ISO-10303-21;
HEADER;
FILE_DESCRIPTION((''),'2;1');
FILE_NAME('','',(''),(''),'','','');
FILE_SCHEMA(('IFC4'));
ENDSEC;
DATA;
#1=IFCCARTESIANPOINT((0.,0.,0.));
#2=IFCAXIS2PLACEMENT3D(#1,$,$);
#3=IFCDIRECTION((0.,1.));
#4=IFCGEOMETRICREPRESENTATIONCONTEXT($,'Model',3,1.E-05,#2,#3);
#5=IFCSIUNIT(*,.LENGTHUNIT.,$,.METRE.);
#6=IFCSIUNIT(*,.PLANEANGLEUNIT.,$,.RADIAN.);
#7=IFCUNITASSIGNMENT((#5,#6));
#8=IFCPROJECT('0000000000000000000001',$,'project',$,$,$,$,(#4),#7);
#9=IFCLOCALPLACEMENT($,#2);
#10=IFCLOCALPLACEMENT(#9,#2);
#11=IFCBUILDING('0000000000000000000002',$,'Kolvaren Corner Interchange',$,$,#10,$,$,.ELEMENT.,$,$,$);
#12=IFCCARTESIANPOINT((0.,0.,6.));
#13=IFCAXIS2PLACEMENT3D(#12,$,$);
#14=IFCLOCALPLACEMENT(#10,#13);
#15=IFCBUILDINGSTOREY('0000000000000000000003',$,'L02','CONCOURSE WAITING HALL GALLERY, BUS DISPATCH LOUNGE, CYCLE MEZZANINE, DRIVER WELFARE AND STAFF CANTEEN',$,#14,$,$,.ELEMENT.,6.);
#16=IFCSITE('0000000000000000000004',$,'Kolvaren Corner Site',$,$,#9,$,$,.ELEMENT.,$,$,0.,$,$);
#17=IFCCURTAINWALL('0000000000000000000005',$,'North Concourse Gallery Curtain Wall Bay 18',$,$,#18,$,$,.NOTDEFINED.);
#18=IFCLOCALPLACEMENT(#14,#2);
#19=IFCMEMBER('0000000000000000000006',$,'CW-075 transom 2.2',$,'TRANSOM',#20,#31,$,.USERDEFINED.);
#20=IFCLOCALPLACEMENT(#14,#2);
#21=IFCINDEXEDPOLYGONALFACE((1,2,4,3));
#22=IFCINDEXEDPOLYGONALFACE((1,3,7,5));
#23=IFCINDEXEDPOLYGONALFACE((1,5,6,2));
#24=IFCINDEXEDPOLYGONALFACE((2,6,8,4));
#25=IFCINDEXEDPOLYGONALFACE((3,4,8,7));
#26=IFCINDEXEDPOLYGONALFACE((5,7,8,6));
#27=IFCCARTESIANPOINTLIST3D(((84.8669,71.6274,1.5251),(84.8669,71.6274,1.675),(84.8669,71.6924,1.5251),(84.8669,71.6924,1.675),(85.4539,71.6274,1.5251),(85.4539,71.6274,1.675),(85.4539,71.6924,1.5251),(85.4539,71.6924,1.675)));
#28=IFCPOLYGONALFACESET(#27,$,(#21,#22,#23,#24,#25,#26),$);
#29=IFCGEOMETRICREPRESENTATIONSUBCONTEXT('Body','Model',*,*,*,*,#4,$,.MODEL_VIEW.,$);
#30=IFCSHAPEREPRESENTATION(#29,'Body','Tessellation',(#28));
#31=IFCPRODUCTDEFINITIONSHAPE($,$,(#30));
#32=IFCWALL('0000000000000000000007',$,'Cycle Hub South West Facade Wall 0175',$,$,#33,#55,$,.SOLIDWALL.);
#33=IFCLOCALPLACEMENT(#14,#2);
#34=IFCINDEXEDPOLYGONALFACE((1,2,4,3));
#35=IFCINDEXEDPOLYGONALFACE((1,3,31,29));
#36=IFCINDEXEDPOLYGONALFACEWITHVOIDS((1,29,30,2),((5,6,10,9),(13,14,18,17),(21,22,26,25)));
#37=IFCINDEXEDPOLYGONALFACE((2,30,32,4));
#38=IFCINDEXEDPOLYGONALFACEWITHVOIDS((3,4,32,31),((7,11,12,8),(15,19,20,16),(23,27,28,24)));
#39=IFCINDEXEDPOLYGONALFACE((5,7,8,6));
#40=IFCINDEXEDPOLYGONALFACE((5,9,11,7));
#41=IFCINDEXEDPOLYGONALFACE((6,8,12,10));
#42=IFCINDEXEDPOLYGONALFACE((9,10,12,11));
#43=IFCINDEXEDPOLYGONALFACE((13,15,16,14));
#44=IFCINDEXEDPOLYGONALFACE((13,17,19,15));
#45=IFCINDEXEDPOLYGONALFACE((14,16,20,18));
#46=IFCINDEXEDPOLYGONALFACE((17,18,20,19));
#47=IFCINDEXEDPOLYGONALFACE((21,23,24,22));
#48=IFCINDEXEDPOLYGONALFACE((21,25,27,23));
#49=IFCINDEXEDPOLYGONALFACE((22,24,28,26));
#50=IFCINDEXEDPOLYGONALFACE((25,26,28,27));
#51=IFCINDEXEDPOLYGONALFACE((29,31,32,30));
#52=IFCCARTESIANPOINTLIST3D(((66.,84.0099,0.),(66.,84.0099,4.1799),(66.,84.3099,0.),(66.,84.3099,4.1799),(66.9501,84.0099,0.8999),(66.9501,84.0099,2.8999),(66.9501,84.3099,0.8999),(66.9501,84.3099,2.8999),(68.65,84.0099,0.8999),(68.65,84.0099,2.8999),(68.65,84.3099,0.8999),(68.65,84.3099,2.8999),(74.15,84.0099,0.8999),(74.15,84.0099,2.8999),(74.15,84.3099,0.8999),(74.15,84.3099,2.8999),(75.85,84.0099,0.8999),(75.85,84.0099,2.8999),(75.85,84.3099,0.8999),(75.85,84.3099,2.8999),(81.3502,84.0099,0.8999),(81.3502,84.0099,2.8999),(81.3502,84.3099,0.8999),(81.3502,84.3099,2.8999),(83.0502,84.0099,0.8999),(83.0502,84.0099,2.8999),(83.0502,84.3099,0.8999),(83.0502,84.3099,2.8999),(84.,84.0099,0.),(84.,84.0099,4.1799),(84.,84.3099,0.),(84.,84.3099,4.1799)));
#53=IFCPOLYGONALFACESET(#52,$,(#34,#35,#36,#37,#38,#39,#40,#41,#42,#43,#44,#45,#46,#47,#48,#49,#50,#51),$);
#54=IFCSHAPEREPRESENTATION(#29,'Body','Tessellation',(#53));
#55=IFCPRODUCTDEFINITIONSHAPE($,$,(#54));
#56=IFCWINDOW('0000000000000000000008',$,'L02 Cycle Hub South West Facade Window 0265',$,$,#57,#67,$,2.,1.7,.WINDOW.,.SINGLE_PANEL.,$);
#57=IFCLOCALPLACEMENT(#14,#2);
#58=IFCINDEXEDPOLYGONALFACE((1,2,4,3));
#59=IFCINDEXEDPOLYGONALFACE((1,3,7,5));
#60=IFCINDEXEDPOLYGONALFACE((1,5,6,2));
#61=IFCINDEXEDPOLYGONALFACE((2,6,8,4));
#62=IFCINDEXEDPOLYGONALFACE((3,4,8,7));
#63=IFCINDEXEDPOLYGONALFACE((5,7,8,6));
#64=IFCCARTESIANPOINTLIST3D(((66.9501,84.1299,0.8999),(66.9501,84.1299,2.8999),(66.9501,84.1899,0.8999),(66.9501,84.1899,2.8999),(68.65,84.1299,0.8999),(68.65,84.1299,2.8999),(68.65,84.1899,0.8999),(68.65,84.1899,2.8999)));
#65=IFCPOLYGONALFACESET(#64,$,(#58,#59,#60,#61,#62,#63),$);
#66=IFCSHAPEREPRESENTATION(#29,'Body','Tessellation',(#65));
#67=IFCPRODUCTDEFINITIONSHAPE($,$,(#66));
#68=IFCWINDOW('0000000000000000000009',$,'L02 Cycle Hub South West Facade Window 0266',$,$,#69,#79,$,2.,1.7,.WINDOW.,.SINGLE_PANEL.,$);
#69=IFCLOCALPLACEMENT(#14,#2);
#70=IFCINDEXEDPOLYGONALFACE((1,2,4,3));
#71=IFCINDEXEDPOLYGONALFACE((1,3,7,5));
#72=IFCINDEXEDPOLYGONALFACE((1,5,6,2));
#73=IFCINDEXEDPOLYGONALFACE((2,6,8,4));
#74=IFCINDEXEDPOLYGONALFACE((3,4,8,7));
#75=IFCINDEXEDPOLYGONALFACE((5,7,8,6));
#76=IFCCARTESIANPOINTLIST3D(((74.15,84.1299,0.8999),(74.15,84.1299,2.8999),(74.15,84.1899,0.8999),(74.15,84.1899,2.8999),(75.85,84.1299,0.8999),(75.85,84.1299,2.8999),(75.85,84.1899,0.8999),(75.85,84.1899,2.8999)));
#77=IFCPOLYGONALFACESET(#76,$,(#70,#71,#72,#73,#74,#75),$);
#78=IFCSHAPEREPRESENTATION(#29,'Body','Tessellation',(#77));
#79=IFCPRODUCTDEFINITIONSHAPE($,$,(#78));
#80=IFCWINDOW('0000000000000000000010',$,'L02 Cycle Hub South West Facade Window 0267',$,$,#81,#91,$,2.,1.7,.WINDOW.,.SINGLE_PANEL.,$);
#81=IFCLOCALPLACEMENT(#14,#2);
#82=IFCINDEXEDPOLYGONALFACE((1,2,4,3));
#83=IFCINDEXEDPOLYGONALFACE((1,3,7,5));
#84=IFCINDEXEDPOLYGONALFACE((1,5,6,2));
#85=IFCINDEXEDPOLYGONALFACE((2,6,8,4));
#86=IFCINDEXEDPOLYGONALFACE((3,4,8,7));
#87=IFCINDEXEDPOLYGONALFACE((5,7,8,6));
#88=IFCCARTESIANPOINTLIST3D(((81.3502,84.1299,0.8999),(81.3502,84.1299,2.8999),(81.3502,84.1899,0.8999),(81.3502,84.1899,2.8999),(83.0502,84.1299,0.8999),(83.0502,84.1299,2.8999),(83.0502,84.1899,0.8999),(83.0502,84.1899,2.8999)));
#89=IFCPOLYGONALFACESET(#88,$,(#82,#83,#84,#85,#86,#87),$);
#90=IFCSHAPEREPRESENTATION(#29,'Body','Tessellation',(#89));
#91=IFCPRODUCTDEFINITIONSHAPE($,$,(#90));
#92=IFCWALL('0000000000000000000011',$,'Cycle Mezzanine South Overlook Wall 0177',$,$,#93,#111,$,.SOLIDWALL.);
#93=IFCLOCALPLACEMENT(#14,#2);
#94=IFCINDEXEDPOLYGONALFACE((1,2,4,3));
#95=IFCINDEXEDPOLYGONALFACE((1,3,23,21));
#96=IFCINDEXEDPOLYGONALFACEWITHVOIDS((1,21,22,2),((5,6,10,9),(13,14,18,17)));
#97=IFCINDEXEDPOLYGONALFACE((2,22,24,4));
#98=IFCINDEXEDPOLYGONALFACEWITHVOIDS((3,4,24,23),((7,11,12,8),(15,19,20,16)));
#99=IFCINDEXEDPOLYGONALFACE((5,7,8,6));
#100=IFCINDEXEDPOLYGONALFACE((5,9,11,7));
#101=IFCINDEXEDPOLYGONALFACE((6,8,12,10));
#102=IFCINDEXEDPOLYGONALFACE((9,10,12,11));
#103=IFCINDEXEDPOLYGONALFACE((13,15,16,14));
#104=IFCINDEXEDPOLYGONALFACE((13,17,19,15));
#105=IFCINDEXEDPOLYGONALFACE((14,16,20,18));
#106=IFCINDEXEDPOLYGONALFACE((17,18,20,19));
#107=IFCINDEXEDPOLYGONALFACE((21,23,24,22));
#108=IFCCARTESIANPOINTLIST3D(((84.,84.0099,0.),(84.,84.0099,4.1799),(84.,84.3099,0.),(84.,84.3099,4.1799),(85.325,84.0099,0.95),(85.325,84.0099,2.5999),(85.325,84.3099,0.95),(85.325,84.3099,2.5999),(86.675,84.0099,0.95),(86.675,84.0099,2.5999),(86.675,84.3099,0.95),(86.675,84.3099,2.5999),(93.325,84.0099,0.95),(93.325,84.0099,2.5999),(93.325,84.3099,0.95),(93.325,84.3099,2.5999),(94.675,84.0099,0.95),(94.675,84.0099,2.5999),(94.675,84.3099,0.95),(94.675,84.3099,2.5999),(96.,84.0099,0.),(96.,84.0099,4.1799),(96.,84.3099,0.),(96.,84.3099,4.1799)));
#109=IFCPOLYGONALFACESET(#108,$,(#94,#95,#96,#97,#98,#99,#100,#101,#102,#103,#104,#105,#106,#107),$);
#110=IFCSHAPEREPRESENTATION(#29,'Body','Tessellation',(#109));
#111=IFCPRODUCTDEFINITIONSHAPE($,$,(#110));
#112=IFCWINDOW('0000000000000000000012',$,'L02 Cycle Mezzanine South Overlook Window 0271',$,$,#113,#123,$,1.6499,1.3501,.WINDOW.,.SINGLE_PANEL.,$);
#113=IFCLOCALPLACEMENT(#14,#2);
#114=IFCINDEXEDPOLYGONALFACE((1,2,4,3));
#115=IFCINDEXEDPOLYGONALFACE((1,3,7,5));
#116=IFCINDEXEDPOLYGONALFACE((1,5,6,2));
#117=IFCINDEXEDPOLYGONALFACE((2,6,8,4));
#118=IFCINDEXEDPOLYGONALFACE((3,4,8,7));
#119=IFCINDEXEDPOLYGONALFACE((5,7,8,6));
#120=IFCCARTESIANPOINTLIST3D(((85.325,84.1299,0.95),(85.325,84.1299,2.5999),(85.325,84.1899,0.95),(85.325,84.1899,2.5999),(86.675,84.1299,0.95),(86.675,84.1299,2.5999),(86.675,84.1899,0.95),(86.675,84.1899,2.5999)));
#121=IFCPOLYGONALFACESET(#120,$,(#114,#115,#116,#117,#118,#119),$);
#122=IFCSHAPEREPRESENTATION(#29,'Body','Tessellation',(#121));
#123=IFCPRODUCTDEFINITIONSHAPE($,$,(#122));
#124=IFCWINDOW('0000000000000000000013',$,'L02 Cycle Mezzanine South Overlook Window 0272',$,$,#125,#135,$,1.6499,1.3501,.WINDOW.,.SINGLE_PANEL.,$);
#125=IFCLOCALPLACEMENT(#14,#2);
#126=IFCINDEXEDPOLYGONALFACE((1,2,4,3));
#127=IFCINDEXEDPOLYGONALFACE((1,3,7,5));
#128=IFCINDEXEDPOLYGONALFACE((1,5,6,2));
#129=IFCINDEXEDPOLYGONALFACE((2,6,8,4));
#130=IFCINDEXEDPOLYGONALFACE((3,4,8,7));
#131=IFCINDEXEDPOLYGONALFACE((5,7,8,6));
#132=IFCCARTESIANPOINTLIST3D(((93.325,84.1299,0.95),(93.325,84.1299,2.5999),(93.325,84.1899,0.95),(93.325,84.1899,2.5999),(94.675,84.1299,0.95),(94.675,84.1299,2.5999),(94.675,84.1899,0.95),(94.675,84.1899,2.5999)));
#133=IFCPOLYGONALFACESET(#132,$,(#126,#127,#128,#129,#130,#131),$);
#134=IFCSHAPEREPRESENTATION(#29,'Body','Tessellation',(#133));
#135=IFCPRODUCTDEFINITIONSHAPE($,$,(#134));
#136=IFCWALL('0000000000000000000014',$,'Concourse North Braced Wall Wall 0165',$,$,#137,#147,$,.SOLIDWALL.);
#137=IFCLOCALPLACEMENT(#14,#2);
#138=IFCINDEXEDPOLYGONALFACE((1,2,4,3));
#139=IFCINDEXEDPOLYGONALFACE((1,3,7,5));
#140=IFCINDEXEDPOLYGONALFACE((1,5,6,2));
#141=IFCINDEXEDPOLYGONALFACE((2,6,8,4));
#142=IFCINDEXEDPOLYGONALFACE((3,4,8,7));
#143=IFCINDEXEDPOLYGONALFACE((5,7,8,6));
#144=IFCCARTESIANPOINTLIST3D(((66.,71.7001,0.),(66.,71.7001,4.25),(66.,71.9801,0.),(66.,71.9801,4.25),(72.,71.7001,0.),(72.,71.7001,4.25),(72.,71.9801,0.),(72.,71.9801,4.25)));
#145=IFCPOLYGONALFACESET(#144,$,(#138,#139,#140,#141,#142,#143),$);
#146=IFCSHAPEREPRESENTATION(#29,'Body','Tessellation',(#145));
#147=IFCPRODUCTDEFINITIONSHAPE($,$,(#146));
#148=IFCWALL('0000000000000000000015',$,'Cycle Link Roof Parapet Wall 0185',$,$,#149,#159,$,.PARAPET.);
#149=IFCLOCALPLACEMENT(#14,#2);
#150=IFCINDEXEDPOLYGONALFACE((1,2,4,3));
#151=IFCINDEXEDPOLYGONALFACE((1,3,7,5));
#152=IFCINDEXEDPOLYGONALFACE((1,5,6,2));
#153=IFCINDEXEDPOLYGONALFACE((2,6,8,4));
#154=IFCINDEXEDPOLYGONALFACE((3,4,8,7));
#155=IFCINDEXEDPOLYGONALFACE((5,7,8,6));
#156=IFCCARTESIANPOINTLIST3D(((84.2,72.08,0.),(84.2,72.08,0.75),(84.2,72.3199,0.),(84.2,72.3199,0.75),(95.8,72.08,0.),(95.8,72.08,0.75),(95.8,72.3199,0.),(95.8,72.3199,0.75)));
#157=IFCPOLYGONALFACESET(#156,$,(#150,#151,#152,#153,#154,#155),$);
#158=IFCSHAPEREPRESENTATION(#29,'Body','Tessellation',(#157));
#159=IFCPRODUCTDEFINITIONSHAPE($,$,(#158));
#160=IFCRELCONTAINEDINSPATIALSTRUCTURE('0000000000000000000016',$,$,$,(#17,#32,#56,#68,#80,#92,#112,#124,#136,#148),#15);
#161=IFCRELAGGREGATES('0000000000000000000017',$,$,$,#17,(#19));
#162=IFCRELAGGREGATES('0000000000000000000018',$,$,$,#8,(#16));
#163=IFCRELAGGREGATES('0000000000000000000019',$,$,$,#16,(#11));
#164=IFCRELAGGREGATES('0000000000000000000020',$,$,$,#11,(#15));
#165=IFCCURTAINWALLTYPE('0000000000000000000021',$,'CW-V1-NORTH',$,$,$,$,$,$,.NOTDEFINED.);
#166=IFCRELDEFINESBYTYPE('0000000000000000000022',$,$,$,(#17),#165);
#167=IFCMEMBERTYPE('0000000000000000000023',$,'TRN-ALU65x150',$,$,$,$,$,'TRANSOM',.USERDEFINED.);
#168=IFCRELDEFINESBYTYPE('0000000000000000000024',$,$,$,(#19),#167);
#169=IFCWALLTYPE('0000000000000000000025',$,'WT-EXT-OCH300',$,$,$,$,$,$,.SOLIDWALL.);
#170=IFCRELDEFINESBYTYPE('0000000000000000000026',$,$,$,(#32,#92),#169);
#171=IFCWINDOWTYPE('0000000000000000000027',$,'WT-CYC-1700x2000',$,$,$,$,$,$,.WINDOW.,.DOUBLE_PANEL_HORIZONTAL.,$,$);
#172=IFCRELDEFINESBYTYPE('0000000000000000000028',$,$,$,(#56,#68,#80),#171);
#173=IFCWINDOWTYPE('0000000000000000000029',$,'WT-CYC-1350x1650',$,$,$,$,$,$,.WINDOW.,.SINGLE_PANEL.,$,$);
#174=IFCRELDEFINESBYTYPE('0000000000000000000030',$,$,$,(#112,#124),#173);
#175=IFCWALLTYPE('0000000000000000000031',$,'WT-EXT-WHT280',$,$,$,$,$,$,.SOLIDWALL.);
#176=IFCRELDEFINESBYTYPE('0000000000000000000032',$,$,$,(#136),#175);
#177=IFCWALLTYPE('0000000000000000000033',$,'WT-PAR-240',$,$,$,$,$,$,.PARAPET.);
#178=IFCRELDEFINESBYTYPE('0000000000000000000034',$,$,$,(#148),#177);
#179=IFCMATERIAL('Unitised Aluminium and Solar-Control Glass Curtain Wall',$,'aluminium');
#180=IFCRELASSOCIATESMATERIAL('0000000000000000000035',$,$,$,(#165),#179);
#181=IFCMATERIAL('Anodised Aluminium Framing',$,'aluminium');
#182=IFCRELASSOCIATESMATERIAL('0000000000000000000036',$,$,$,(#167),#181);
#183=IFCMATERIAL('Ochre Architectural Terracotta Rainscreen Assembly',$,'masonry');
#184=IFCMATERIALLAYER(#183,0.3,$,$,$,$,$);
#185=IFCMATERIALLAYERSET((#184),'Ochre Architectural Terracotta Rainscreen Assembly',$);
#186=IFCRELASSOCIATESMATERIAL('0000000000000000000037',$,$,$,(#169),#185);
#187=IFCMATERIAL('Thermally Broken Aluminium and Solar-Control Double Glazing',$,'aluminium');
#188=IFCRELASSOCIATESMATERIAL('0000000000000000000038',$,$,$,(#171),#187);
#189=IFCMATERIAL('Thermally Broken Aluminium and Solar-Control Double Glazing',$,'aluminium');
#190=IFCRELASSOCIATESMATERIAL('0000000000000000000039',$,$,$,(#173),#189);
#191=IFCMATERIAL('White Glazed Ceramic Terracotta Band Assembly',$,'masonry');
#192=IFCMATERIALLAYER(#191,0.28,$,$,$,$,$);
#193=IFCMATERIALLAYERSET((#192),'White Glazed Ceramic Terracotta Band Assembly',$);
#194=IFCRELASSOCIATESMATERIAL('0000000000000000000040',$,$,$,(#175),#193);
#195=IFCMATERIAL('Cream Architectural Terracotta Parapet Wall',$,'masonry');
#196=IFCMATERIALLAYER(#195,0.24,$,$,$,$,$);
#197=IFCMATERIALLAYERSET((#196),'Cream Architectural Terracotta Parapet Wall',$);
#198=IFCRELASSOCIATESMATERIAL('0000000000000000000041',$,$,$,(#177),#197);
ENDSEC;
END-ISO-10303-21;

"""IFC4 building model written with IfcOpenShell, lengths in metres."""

from ifc_helpers import new_model, si_unit, direction, frame, frame_2d, origin, origin_2d, place, context, subcontext, project, spatial, rectangle, extrude, material, layer, layer_set, material_profile, profile_set, type_object, element, fill, aggregate, save


model = new_model("IFC4")

# Units and contexts
model_context = context("Model", 3, precision=1e-05, world=origin(), true_north=direction((0.0, 1.0)))
body_context = subcontext(model_context, "Body", "Model", "MODEL_VIEW")
ifc_project = project(units=[si_unit("LENGTHUNIT", "METRE"), si_unit("PLANEANGLEUNIT", "RADIAN")], contexts=[model_context])

# Site, building, storey
site_placement = place(None, origin())
site = spatial("IfcSite", under=ifc_project, at=site_placement, Name="Kolvaren Corner Site", CompositionType="ELEMENT", RefElevation=0.0)
building_placement = place(site_placement, origin())
building = spatial("IfcBuilding", under=site, at=building_placement, Name="Kolvaren Corner Interchange", CompositionType="ELEMENT")
storey_placement = place(building_placement, frame((0.0, 0.0, 6.0)))
storey = spatial("IfcBuildingStorey", under=building, at=storey_placement, Name="L02", Description="CONCOURSE WAITING HALL GALLERY, BUS DISPATCH LOUNGE, CYCLE MEZZANINE, DRIVER WELFARE AND STAFF CANTEEN", CompositionType="ELEMENT", Elevation=6.0)

# Curtain wall, member
ifc_material_1 = material(Name="Unitised Aluminium and Solar-Control Glass Curtain Wall", Category="aluminium")
curtain_wall_type = type_object("IfcCurtainWallType", Name="CW-V1-NORTH", PredefinedType="NOTDEFINED", material=ifc_material_1)
curtain_wall_placement = place(storey_placement, origin())
curtain_wall = element("IfcCurtainWall", 1, at=curtain_wall_placement, inside=storey, type_object=curtain_wall_type, Name="North Concourse Gallery Curtain Wall Bay 18", PredefinedType="NOTDEFINED")
ifc_material_2 = material(Name="Anodised Aluminium Framing", Category="aluminium")
ifc_material_profile_1 = material_profile(ifc_material_2, rectangle(XDim=0.0649, YDim=0.1499, at=origin_2d()), Name="ALU 65x150")
ifc_profile_set_1 = profile_set([ifc_material_profile_1], Name="Anodised Aluminium Framing")
member_type = type_object("IfcMemberType", Name="TRN-ALU65x150", ElementType="TRANSOM", PredefinedType="USERDEFINED", material=ifc_profile_set_1)
member_1_placement = place(storey_placement, frame((85.4539, 71.6599, 1.6001), z_axis=(-1.0, 0.0, 0.0), x_axis=(0.0, -1.0, 0.0)))
member_1 = element("IfcMember", 2, at=member_1_placement, type_object=member_type, Name="CW-075 transom 2.2", ObjectType="TRANSOM", PredefinedType="USERDEFINED", context=body_context, shape_type="SweptSolid", body=[
    extrude(rectangle(XDim=0.0649, YDim=0.1499, at=origin_2d()), origin(), (0.0, 0.0, 1.0), 0.5869),
])
aggregate(curtain_wall, [member_1])

# Walls, openings, windows
ifc_material_3 = material(Name="Ochre Architectural Terracotta Rainscreen Assembly", Category="masonry")
ifc_layer_1 = layer(ifc_material_3, 0.3)
ifc_layer_set_1 = layer_set([ifc_layer_1], Name="Ochre Architectural Terracotta Rainscreen Assembly")
wall_type_1 = type_object("IfcWallType", Name="WT-EXT-OCH300", PredefinedType="SOLIDWALL", material=ifc_layer_set_1)
wall_1_placement = place(storey_placement, frame((66.0, 84.1599, 0.0), z_axis=(0.0, 0.0, 1.0), x_axis=(1.0, 0.0, 0.0)))
wall_1 = element("IfcWall", 3, at=wall_1_placement, inside=storey, type_object=wall_type_1, Name="Cycle Hub South West Facade Wall 0175", PredefinedType="SOLIDWALL", context=body_context, shape_type="SweptSolid", body=[
    extrude(rectangle(XDim=18.0, YDim=0.3, at=frame_2d((9.0, 0.0))), origin(), (0.0, 0.0, 1.0), 4.1799),
])
opening_1_placement = place(wall_1_placement, frame((0.95, 0.0, 0.8999)))
opening_1 = element("IfcOpeningElement", 4, at=opening_1_placement, cuts=wall_1, PredefinedType="OPENING", context=body_context, shape_type="SweptSolid", body=[
    extrude(rectangle(XDim=1.7, YDim=2.0, at=frame_2d((0.8501, 1.0))), frame((0.0, 0.1599, 0.0), z_axis=(0.0, -1.0, 0.0), x_axis=(1.0, 0.0, 0.0)), (0.0, 0.0, 1.0), 0.3201),
])
opening_2_placement = place(wall_1_placement, frame((8.1499, 0.0, 0.8999)))
opening_2 = element("IfcOpeningElement", 5, at=opening_2_placement, cuts=wall_1, PredefinedType="OPENING", context=body_context, shape_type="SweptSolid", body=[
    extrude(rectangle(XDim=1.7, YDim=2.0, at=frame_2d((0.8501, 1.0))), frame((0.0, 0.1599, 0.0), z_axis=(0.0, -1.0, 0.0), x_axis=(1.0, 0.0, 0.0)), (0.0, 0.0, 1.0), 0.3201),
])
opening_3_placement = place(wall_1_placement, frame((15.3501, 0.0, 0.8999)))
opening_3 = element("IfcOpeningElement", 6, at=opening_3_placement, cuts=wall_1, PredefinedType="OPENING", context=body_context, shape_type="SweptSolid", body=[
    extrude(rectangle(XDim=1.7, YDim=2.0, at=frame_2d((0.8501, 1.0))), frame((0.0, 0.1599, 0.0), z_axis=(0.0, -1.0, 0.0), x_axis=(1.0, 0.0, 0.0)), (0.0, 0.0, 1.0), 0.3201),
])
ifc_material_4 = material(Name="Thermally Broken Aluminium and Solar-Control Double Glazing", Category="aluminium")
window_type_1 = type_object("IfcWindowType", Name="WT-CYC-1700x2000", PartitioningType="DOUBLE_PANEL_HORIZONTAL", PredefinedType="WINDOW", material=ifc_material_4)
window_1_placement = place(opening_1_placement, origin())
window_1 = element("IfcWindow", 7, at=window_1_placement, inside=storey, type_object=window_type_1, Name="L02 Cycle Hub South West Facade Window 0265", OverallHeight=2.0, OverallWidth=1.7, PartitioningType="SINGLE_PANEL", PredefinedType="WINDOW", context=body_context, shape_type="SweptSolid", body=[
    extrude(rectangle(XDim=1.7, YDim=2.0, at=frame_2d((0.8501, 1.0))), frame((0.0, 0.03, 0.0), z_axis=(0.0, -1.0, 0.0), x_axis=(1.0, 0.0, 0.0)), (0.0, 0.0, 1.0), 0.0601),
])
fill(opening_1, window_1)
window_2_placement = place(opening_2_placement, origin())
window_2 = element("IfcWindow", 8, at=window_2_placement, inside=storey, type_object=window_type_1, Name="L02 Cycle Hub South West Facade Window 0266", OverallHeight=2.0, OverallWidth=1.7, PartitioningType="SINGLE_PANEL", PredefinedType="WINDOW", context=body_context, shape_type="SweptSolid", body=[
    extrude(rectangle(XDim=1.7, YDim=2.0, at=frame_2d((0.8501, 1.0))), frame((0.0, 0.03, 0.0), z_axis=(0.0, -1.0, 0.0), x_axis=(1.0, 0.0, 0.0)), (0.0, 0.0, 1.0), 0.0601),
])
fill(opening_2, window_2)
window_3_placement = place(opening_3_placement, origin())
window_3 = element("IfcWindow", 9, at=window_3_placement, inside=storey, type_object=window_type_1, Name="L02 Cycle Hub South West Facade Window 0267", OverallHeight=2.0, OverallWidth=1.7, PartitioningType="SINGLE_PANEL", PredefinedType="WINDOW", context=body_context, shape_type="SweptSolid", body=[
    extrude(rectangle(XDim=1.7, YDim=2.0, at=frame_2d((0.8501, 1.0))), frame((0.0, 0.03, 0.0), z_axis=(0.0, -1.0, 0.0), x_axis=(1.0, 0.0, 0.0)), (0.0, 0.0, 1.0), 0.0601),
])
fill(opening_3, window_3)
wall_2_placement = place(storey_placement, frame((84.0, 84.1599, 0.0), z_axis=(0.0, 0.0, 1.0), x_axis=(1.0, 0.0, 0.0)))
wall_2 = element("IfcWall", 10, at=wall_2_placement, inside=storey, type_object=wall_type_1, Name="Cycle Mezzanine South Overlook Wall 0177", PredefinedType="SOLIDWALL", context=body_context, shape_type="SweptSolid", body=[
    extrude(rectangle(XDim=12.0, YDim=0.3, at=frame_2d((6.0, 0.0))), origin(), (0.0, 0.0, 1.0), 4.1799),
])
opening_4_placement = place(wall_2_placement, frame((1.325, 0.0, 0.95)))
opening_4 = element("IfcOpeningElement", 11, at=opening_4_placement, cuts=wall_2, PredefinedType="OPENING", context=body_context, shape_type="SweptSolid", body=[
    extrude(rectangle(XDim=1.3501, YDim=1.6499, at=frame_2d((0.675, 0.825))), frame((0.0, 0.1599, 0.0), z_axis=(0.0, -1.0, 0.0), x_axis=(1.0, 0.0, 0.0)), (0.0, 0.0, 1.0), 0.3201),
])
opening_5_placement = place(wall_2_placement, frame((9.325, 0.0, 0.95)))
opening_5 = element("IfcOpeningElement", 12, at=opening_5_placement, cuts=wall_2, PredefinedType="OPENING", context=body_context, shape_type="SweptSolid", body=[
    extrude(rectangle(XDim=1.3501, YDim=1.6499, at=frame_2d((0.675, 0.825))), frame((0.0, 0.1599, 0.0), z_axis=(0.0, -1.0, 0.0), x_axis=(1.0, 0.0, 0.0)), (0.0, 0.0, 1.0), 0.3201),
])
ifc_material_5 = material(Name="Thermally Broken Aluminium and Solar-Control Double Glazing", Category="aluminium")
window_type_2 = type_object("IfcWindowType", Name="WT-CYC-1350x1650", PartitioningType="SINGLE_PANEL", PredefinedType="WINDOW", material=ifc_material_5)
window_4_placement = place(opening_4_placement, origin())
window_4 = element("IfcWindow", 13, at=window_4_placement, inside=storey, type_object=window_type_2, Name="L02 Cycle Mezzanine South Overlook Window 0271", OverallHeight=1.6499, OverallWidth=1.3501, PartitioningType="SINGLE_PANEL", PredefinedType="WINDOW", context=body_context, shape_type="SweptSolid", body=[
    extrude(rectangle(XDim=1.3501, YDim=1.6499, at=frame_2d((0.675, 0.825))), frame((0.0, 0.03, 0.0), z_axis=(0.0, -1.0, 0.0), x_axis=(1.0, 0.0, 0.0)), (0.0, 0.0, 1.0), 0.0601),
])
fill(opening_4, window_4)
window_5_placement = place(opening_5_placement, origin())
window_5 = element("IfcWindow", 14, at=window_5_placement, inside=storey, type_object=window_type_2, Name="L02 Cycle Mezzanine South Overlook Window 0272", OverallHeight=1.6499, OverallWidth=1.3501, PartitioningType="SINGLE_PANEL", PredefinedType="WINDOW", context=body_context, shape_type="SweptSolid", body=[
    extrude(rectangle(XDim=1.3501, YDim=1.6499, at=frame_2d((0.675, 0.825))), frame((0.0, 0.03, 0.0), z_axis=(0.0, -1.0, 0.0), x_axis=(1.0, 0.0, 0.0)), (0.0, 0.0, 1.0), 0.0601),
])
fill(opening_5, window_5)

# Walls
ifc_material_6 = material(Name="White Glazed Ceramic Terracotta Band Assembly", Category="masonry")
ifc_layer_2 = layer(ifc_material_6, 0.28)
ifc_layer_set_2 = layer_set([ifc_layer_2], Name="White Glazed Ceramic Terracotta Band Assembly")
wall_type_2 = type_object("IfcWallType", Name="WT-EXT-WHT280", PredefinedType="SOLIDWALL", material=ifc_layer_set_2)
wall_3_placement = place(storey_placement, frame((72.0, 71.8401, 0.0), z_axis=(0.0, 0.0, 1.0), x_axis=(-1.0, 0.0, 0.0)))
element("IfcWall", 15, at=wall_3_placement, inside=storey, type_object=wall_type_2, Name="Concourse North Braced Wall Wall 0165", PredefinedType="SOLIDWALL", context=body_context, shape_type="SweptSolid", body=[
    extrude(rectangle(XDim=6.0, YDim=0.28, at=frame_2d((3.0, 0.0))), origin(), (0.0, 0.0, 1.0), 4.25),
])
ifc_material_7 = material(Name="Cream Architectural Terracotta Parapet Wall", Category="masonry")
ifc_layer_3 = layer(ifc_material_7, 0.24)
ifc_layer_set_3 = layer_set([ifc_layer_3], Name="Cream Architectural Terracotta Parapet Wall")
wall_type_3 = type_object("IfcWallType", Name="WT-PAR-240", PredefinedType="PARAPET", material=ifc_layer_set_3)
wall_4_placement = place(storey_placement, frame((84.2, 72.2, 0.0), z_axis=(0.0, 0.0, 1.0), x_axis=(1.0, 0.0, 0.0)))
element("IfcWall", 16, at=wall_4_placement, inside=storey, type_object=wall_type_3, Name="Cycle Link Roof Parapet Wall 0185", PredefinedType="PARAPET", context=body_context, shape_type="SweptSolid", body=[
    extrude(rectangle(XDim=11.6001, YDim=0.24, at=frame_2d((5.8, 0.0))), origin(), (0.0, 0.0, 1.0), 0.75),
])

save(model, "model.ifc")
